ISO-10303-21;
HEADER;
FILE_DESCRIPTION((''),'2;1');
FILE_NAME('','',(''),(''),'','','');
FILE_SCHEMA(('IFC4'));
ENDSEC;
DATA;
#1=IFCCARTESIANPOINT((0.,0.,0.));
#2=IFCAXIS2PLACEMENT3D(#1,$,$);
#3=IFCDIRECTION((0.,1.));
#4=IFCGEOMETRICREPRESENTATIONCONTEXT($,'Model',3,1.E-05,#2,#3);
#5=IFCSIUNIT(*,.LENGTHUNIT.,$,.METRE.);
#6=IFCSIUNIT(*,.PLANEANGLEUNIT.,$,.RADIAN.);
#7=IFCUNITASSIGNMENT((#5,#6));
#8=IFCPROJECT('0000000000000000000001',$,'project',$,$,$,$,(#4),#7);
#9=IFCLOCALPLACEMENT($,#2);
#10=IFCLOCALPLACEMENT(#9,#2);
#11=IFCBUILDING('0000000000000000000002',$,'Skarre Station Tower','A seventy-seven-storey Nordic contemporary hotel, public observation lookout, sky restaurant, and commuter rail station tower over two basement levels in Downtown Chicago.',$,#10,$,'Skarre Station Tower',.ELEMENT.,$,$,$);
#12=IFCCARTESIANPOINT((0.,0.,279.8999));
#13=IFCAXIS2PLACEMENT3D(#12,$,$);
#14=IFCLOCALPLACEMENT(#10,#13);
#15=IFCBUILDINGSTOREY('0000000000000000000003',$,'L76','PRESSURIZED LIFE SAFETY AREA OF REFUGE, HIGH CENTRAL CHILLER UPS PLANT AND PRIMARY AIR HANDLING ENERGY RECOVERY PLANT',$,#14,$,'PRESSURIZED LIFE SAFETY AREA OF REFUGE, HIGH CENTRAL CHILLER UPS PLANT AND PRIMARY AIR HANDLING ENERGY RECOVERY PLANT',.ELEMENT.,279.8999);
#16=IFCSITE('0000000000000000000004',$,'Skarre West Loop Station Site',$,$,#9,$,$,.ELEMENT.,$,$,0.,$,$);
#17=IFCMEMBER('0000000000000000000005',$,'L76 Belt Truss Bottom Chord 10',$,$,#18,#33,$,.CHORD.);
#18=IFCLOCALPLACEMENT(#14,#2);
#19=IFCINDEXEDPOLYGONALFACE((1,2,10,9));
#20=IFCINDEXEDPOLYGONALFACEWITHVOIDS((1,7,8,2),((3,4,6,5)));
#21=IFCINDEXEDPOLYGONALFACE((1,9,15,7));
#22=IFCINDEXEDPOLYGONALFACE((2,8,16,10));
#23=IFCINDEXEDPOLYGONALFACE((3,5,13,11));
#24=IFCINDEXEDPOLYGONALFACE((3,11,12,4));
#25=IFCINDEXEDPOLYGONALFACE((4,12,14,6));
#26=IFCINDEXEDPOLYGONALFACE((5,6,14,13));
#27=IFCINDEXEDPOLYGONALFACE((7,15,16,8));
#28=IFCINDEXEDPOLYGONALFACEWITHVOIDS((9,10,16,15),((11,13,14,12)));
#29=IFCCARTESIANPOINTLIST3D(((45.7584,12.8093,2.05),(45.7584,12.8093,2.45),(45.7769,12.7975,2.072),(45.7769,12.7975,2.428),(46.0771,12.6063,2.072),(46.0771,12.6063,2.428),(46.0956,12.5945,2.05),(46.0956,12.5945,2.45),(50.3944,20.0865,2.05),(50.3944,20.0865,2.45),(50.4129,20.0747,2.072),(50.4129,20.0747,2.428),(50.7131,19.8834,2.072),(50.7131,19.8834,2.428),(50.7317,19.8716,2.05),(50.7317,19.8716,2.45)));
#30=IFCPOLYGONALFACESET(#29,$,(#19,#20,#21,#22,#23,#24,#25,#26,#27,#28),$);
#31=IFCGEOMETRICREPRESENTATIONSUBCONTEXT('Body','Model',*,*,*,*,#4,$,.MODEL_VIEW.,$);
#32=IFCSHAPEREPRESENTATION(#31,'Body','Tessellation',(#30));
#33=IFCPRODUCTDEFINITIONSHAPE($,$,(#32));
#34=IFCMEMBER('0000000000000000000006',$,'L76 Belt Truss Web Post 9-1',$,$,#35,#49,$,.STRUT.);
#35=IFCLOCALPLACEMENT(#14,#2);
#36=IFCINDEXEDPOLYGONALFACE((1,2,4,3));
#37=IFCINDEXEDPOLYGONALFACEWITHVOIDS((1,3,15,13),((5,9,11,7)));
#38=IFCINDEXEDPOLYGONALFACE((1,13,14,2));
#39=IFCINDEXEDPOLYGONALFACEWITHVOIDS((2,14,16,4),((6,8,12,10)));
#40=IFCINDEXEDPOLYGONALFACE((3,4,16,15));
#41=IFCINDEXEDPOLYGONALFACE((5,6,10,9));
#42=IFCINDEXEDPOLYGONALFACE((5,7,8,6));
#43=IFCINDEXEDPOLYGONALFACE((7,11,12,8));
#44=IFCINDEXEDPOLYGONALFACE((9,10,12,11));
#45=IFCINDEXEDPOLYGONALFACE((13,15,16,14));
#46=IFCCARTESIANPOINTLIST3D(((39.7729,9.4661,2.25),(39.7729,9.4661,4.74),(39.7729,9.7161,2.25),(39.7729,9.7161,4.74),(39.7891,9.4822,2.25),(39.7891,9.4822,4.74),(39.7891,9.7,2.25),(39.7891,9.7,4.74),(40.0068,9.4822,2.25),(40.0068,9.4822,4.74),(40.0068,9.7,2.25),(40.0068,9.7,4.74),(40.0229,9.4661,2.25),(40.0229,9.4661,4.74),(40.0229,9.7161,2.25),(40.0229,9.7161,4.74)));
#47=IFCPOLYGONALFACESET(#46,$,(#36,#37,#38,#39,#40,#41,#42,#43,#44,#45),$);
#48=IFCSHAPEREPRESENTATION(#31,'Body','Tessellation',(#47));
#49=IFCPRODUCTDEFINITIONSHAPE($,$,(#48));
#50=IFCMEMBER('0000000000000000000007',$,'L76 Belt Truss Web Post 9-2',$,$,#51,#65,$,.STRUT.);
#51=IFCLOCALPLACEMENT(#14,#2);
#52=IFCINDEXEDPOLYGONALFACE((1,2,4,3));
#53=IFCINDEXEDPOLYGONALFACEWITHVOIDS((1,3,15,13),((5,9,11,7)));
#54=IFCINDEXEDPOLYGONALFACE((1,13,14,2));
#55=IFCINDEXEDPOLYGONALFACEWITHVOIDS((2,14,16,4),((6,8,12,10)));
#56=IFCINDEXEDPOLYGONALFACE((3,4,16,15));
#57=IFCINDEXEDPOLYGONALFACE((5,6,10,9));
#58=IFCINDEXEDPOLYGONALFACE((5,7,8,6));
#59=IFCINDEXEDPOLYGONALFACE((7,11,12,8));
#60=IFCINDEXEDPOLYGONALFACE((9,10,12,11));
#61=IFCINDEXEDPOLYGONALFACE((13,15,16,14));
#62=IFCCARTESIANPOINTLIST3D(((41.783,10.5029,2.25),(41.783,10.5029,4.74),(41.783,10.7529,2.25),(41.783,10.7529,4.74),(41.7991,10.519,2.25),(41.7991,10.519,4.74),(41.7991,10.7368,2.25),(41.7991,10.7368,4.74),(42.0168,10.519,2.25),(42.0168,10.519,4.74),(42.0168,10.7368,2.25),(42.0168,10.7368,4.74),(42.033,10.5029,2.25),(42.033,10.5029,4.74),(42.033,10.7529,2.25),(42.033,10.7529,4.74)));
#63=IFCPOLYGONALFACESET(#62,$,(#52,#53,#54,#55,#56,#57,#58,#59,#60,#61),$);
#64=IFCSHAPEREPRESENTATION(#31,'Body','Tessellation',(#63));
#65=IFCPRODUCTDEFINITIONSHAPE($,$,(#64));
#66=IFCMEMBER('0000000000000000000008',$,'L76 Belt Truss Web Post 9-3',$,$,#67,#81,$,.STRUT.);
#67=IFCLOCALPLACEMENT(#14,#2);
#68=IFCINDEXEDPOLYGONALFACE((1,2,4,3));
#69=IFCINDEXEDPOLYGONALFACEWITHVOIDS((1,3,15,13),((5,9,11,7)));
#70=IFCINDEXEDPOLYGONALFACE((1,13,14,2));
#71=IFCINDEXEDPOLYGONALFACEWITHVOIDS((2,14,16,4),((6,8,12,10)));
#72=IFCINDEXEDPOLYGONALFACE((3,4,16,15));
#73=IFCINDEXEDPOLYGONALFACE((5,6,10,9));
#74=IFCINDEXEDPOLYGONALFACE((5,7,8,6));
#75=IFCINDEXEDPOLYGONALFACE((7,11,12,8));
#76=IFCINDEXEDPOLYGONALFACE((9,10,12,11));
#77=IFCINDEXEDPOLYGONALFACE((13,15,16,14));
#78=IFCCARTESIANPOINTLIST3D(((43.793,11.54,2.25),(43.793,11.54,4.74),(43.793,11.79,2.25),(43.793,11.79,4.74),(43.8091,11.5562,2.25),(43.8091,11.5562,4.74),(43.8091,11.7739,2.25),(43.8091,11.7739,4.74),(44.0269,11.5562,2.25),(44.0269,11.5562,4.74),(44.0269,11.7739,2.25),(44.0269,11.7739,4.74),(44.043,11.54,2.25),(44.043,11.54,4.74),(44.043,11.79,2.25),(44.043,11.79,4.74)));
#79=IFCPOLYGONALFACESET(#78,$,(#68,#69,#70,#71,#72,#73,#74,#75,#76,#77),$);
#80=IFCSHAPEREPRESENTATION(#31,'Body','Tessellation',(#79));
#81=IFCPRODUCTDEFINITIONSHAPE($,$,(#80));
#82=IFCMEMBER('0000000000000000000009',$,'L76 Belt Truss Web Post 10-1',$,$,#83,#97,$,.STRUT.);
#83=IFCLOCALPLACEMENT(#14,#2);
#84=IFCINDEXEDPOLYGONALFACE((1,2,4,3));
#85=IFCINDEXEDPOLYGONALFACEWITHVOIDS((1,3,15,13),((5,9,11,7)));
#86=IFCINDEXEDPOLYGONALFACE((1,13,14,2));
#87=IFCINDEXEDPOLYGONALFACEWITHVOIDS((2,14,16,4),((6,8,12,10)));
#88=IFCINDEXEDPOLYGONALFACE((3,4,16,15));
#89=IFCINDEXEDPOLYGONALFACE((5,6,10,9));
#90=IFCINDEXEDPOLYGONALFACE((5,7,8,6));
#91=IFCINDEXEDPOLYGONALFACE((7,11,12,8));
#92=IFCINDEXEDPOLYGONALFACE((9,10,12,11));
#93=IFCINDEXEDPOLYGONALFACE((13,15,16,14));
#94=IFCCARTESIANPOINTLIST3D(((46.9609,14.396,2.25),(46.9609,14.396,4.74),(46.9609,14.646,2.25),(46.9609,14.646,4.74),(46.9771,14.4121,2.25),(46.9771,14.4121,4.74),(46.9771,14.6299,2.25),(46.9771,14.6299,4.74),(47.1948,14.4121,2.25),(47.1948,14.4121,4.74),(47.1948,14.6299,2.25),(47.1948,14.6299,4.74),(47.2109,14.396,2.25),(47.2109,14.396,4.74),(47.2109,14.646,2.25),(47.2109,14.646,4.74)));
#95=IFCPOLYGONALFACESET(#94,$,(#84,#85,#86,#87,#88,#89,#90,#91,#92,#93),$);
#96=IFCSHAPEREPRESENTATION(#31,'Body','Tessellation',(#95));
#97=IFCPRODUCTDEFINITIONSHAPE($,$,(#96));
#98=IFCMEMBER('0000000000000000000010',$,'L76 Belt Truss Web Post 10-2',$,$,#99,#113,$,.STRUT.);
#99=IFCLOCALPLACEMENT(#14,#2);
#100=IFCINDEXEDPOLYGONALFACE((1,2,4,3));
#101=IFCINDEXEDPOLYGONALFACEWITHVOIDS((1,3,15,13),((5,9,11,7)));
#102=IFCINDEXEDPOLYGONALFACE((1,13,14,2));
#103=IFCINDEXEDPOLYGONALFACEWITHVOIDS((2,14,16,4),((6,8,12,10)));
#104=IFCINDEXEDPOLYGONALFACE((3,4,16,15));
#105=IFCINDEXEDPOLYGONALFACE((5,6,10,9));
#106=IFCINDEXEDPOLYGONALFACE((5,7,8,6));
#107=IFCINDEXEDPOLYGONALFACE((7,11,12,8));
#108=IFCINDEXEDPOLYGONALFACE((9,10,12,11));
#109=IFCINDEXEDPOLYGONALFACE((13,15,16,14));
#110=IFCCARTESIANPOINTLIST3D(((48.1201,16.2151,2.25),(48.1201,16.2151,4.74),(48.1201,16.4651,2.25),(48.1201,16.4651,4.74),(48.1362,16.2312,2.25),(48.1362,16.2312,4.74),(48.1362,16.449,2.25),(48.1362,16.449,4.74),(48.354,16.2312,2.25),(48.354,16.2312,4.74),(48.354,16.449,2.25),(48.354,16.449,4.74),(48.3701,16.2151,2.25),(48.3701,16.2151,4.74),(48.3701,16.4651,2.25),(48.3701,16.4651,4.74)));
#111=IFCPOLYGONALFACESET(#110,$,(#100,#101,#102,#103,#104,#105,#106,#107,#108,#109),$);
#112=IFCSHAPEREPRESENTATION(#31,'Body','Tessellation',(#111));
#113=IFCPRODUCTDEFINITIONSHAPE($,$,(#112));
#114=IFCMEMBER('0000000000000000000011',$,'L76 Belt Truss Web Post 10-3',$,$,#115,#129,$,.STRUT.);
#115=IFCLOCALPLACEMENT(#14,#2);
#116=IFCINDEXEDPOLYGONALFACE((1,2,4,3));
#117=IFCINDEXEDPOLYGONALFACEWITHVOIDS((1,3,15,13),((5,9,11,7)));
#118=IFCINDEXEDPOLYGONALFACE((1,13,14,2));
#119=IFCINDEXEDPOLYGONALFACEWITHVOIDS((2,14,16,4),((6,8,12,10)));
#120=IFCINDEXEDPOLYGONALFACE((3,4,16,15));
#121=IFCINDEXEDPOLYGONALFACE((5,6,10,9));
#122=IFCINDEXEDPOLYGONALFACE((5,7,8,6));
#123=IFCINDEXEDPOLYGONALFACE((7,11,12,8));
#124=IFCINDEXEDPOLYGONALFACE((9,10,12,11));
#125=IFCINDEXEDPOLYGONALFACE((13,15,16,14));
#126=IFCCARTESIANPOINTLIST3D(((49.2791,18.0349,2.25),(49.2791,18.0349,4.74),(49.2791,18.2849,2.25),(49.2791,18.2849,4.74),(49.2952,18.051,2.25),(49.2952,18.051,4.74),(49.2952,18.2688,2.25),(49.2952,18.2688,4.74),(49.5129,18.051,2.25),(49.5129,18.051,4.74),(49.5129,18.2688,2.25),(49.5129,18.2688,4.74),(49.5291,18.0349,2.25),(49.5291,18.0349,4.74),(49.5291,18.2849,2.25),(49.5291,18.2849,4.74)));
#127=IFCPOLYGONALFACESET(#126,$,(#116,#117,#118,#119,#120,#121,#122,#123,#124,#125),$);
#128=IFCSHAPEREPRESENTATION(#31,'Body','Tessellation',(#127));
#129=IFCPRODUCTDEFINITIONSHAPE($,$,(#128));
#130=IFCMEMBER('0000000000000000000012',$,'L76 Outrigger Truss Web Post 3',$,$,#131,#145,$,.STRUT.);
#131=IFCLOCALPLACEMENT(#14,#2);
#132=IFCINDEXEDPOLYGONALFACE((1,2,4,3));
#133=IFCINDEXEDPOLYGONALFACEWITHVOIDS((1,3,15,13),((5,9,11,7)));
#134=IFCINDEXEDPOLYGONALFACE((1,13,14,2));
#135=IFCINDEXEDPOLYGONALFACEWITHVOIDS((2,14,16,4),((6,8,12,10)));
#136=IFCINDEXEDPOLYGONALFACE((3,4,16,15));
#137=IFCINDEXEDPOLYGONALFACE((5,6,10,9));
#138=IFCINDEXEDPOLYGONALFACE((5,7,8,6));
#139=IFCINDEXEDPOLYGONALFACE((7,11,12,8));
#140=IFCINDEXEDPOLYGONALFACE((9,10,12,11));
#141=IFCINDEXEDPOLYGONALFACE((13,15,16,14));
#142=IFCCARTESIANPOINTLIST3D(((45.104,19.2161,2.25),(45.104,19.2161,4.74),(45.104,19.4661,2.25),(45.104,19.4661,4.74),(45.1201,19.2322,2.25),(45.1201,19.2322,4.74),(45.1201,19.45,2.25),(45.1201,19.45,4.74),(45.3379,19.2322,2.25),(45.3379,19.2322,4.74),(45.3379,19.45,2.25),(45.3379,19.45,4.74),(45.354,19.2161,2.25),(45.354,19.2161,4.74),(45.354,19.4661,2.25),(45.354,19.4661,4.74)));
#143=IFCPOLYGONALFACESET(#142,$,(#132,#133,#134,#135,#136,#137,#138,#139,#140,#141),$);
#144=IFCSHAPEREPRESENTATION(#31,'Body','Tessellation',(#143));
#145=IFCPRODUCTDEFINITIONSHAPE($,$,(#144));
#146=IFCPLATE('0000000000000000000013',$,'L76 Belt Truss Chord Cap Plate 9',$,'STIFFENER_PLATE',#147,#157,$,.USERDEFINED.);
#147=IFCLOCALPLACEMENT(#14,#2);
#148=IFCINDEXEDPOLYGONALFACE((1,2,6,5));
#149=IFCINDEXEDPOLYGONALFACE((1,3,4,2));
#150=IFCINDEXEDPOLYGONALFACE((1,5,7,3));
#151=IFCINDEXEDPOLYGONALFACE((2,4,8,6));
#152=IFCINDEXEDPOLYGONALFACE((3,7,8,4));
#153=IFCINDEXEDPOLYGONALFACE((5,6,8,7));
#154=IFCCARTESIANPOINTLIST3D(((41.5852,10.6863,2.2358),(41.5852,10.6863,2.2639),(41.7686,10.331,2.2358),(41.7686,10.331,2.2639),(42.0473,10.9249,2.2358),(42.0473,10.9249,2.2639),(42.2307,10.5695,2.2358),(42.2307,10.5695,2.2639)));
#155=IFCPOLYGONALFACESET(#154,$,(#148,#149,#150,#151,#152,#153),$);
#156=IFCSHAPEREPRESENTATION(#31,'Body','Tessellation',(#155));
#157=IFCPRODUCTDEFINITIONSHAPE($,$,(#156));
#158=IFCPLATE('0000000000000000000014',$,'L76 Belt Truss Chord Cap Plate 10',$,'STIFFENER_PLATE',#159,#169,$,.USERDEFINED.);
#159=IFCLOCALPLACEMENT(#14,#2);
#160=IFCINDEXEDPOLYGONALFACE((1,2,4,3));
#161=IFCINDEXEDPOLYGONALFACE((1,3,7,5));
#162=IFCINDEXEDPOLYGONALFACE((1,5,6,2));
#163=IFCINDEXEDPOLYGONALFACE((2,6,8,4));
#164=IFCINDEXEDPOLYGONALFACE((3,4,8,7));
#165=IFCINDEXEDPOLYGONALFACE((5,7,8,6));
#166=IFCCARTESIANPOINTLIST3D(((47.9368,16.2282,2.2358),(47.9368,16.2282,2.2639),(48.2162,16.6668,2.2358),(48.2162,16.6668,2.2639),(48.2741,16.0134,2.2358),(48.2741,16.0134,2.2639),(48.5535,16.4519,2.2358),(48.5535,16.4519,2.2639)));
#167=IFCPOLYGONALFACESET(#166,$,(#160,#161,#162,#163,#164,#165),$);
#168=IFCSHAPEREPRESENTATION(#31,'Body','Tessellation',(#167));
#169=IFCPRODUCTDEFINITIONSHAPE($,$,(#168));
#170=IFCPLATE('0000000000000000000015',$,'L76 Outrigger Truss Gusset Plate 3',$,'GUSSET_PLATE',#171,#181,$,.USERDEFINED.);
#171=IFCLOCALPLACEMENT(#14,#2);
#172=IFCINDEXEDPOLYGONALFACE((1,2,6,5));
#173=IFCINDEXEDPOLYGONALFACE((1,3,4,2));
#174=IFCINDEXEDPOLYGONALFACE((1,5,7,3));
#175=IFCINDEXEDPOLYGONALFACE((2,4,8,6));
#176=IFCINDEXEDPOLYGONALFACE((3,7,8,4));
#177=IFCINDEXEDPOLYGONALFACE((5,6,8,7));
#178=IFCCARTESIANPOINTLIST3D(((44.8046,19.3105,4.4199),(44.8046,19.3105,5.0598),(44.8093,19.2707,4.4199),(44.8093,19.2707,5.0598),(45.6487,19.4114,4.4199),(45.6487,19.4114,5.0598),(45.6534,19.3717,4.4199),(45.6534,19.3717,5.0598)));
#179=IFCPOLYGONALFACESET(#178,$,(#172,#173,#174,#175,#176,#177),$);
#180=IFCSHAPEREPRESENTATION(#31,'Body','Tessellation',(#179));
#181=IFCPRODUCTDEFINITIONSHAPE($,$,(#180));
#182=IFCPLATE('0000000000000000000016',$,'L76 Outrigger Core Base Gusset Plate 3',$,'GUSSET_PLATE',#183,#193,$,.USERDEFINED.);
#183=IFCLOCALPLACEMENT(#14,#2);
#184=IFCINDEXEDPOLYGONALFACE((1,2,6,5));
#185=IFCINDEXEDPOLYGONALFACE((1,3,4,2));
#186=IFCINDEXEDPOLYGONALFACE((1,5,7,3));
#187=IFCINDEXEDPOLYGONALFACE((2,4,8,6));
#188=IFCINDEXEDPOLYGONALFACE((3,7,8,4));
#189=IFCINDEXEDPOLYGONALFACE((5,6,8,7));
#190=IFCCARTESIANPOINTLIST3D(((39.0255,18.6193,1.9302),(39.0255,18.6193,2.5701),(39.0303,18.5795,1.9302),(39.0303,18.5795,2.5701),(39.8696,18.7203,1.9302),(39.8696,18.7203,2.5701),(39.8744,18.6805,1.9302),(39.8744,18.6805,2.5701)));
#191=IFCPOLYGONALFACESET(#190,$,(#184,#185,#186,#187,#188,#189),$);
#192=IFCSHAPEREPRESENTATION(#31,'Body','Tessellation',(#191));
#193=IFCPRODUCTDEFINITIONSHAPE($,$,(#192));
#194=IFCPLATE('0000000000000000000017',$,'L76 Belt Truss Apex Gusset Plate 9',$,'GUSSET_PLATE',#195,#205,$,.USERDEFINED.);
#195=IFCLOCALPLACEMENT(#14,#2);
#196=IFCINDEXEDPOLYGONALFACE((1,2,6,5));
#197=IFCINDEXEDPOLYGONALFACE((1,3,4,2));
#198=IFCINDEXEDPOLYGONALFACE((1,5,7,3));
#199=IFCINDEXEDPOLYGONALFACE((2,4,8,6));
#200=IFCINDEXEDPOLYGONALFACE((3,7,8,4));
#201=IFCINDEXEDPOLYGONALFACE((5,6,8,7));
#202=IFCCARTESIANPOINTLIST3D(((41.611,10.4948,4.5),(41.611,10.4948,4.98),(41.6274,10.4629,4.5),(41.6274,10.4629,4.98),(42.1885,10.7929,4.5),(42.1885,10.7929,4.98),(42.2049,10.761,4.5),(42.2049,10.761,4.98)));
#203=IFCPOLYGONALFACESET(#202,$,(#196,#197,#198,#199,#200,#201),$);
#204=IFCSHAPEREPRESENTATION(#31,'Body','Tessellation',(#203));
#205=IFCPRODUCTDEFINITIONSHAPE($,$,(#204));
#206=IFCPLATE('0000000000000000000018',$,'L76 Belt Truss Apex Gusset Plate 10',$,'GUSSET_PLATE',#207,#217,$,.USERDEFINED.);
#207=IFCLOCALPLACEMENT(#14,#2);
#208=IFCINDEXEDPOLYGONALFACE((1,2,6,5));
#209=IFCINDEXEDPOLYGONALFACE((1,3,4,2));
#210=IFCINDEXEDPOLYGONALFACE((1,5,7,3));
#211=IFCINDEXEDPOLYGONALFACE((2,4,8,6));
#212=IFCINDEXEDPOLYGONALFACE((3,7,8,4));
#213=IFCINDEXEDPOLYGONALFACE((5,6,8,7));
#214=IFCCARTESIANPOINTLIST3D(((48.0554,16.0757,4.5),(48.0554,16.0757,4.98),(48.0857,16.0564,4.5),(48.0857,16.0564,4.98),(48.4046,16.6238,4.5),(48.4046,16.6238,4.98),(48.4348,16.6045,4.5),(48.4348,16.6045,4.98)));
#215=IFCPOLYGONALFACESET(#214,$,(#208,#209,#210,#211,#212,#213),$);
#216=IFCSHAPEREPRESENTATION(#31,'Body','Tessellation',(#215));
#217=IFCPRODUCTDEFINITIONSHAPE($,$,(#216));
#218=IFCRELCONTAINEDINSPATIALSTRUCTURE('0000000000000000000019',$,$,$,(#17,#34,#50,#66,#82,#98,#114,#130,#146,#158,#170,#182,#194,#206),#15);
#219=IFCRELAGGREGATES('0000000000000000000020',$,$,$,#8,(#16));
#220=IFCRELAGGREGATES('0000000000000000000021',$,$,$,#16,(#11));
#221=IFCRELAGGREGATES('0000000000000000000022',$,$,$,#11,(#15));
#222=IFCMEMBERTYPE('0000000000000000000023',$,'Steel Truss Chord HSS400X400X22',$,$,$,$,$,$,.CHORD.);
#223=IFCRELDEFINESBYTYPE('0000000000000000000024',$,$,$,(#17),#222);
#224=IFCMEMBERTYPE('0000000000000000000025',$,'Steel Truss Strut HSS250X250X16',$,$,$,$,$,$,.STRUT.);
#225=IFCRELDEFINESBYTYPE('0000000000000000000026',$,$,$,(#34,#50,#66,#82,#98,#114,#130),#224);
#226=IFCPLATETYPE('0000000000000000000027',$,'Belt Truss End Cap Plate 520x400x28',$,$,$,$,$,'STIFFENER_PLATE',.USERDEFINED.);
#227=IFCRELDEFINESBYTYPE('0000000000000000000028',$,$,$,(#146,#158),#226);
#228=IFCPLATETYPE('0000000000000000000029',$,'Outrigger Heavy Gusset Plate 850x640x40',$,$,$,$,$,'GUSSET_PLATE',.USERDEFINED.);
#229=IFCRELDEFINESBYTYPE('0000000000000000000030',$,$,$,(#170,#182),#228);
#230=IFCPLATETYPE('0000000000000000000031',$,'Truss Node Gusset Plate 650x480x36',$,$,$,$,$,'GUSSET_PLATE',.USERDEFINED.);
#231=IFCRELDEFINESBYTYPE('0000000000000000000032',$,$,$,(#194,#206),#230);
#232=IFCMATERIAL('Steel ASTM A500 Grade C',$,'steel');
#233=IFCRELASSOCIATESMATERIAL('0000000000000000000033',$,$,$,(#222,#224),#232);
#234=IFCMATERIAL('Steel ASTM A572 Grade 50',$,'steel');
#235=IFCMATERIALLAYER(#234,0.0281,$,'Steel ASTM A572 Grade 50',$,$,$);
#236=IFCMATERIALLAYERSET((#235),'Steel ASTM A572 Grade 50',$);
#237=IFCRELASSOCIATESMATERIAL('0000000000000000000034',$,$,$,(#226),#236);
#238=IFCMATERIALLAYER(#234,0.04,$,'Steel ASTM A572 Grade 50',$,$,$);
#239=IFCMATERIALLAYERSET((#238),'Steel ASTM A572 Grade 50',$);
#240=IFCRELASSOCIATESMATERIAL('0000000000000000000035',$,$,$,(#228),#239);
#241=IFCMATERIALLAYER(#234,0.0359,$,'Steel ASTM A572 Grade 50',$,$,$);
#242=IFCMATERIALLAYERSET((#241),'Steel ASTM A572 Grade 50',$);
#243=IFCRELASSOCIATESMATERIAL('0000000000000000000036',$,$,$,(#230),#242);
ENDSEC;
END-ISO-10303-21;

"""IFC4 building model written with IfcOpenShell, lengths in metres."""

from ifc_helpers import new_model, si_unit, direction, frame, origin, origin_2d, place, context, subcontext, project, spatial, rectangle, hollow_rectangle, extrude, material, layer, layer_set, material_profile, profile_set, type_object, element, save


model = new_model("IFC4")

# Units and contexts
model_context = context("Model", 3, precision=1e-05, world=origin(), true_north=direction((0.0, 1.0)))
body_context = subcontext(model_context, "Body", "Model", "MODEL_VIEW")
ifc_project = project(units=[si_unit("LENGTHUNIT", "METRE"), si_unit("PLANEANGLEUNIT", "RADIAN")], contexts=[model_context])

# Site, building, storey
site_placement = place(None, origin())
site = spatial("IfcSite", under=ifc_project, at=site_placement, Name="Skarre West Loop Station Site", CompositionType="ELEMENT", RefElevation=0.0)
building_placement = place(site_placement, origin())
building = spatial("IfcBuilding", under=site, at=building_placement, Name="Skarre Station Tower", Description="A seventy-seven-storey Nordic contemporary hotel, public observation lookout, sky restaurant, and commuter rail station tower over two basement levels in Downtown Chicago.", LongName="Skarre Station Tower", CompositionType="ELEMENT")
storey_placement = place(building_placement, frame((0.0, 0.0, 279.8999)))
storey = spatial("IfcBuildingStorey", under=building, at=storey_placement, Name="L76", Description="PRESSURIZED LIFE SAFETY AREA OF REFUGE, HIGH CENTRAL CHILLER UPS PLANT AND PRIMARY AIR HANDLING ENERGY RECOVERY PLANT", LongName="PRESSURIZED LIFE SAFETY AREA OF REFUGE, HIGH CENTRAL CHILLER UPS PLANT AND PRIMARY AIR HANDLING ENERGY RECOVERY PLANT", CompositionType="ELEMENT", Elevation=279.8999)

# Members
ifc_material_1 = material(Name="Steel ASTM A500 Grade C", Category="steel")
ifc_material_profile_1 = material_profile(ifc_material_1, hollow_rectangle(XDim=0.3999, YDim=0.3999, WallThickness=0.022, at=origin_2d()), Name="Steel ASTM A500 Grade C")
ifc_profile_set_1 = profile_set([ifc_material_profile_1], Name="Steel ASTM A500 Grade C")
member_type_1 = type_object("IfcMemberType", Name="Steel Truss Chord HSS400X400X22", PredefinedType="CHORD", material=ifc_profile_set_1)
member_1_placement = place(storey_placement, frame((45.927, 12.7019, 2.25), z_axis=(0.537297, 0.843393, 0.0), x_axis=(-0.843393, 0.537297, 0.0)))
element("IfcMember", 1, at=member_1_placement, inside=storey, type_object=member_type_1, Name="L76 Belt Truss Bottom Chord 10", PredefinedType="CHORD", context=body_context, shape_type="SweptSolid", body=[
    extrude(hollow_rectangle(XDim=0.3999, YDim=0.3999, WallThickness=0.022, at=origin_2d()), origin(), (0.0, 0.0, 1.0), 8.6284),
])
ifc_material_profile_2 = material_profile(ifc_material_1, hollow_rectangle(XDim=0.25, YDim=0.25, WallThickness=0.0161, at=origin_2d()), Name="Steel ASTM A500 Grade C")
ifc_profile_set_2 = profile_set([ifc_material_profile_2], Name="Steel ASTM A500 Grade C")
member_type_2 = type_object("IfcMemberType", Name="Steel Truss Strut HSS250X250X16", PredefinedType="STRUT", material=ifc_profile_set_2)
for number, where, z_axis, x_axis, name in (
    (2, (39.8979, 9.5911, 2.25), (0.0, 0.0, 1.0), (1.0, 0.0, 0.0), "L76 Belt Truss Web Post 9-1"),
    (3, (41.908, 10.6279, 2.25), (0.0, 0.0, 1.0), (1.0, 0.0, 0.0), "L76 Belt Truss Web Post 9-2"),
    (4, (43.918, 11.665, 2.25), (0.0, 0.0, 1.0), (1.0, 0.0, 0.0), "L76 Belt Truss Web Post 9-3"),
    (5, (47.0859, 14.521, 2.25), (0.0, 0.0, 1.0), (1.0, 0.0, 0.0), "L76 Belt Truss Web Post 10-1"),
    (6, (48.2451, 16.3401, 2.25), (0.0, 0.0, 1.0), (1.0, 0.0, 0.0), "L76 Belt Truss Web Post 10-2"),
    (7, (49.4041, 18.1599, 2.25), (0.0, 0.0, 1.0), (1.0, 0.0, 0.0), "L76 Belt Truss Web Post 10-3"),
    (8, (45.229, 19.3411, 2.25), (0.0, 0.0, 1.0), (1.0, 0.0, 0.0), "L76 Outrigger Truss Web Post 3"),
):
    element("IfcMember", number, at=place(storey_placement, frame(where, z_axis=z_axis, x_axis=x_axis)), inside=storey, type_object=member_type_2, Name=name, PredefinedType="STRUT", context=body_context, shape_type="SweptSolid", body=[
        extrude(hollow_rectangle(XDim=0.25, YDim=0.25, WallThickness=0.0161, at=origin_2d()), origin(), (0.0, 0.0, 1.0), 2.49),
    ])

# Plates
ifc_material_2 = material(Name="Steel ASTM A572 Grade 50", Category="steel")
ifc_layer_1 = layer(ifc_material_2, 0.0281, Name="Steel ASTM A572 Grade 50")
ifc_layer_set_1 = layer_set([ifc_layer_1], Name="Steel ASTM A572 Grade 50")
plate_type_1 = type_object("IfcPlateType", Name="Belt Truss End Cap Plate 520x400x28", ElementType="STIFFENER_PLATE", PredefinedType="USERDEFINED", material=ifc_layer_set_1)
for number, where, z_axis, x_axis, name in (
    (9, (41.908, 10.6279, 2.2358), (0.0, 0.0, 1.0), (0.888601, 0.458681, 0.0), "L76 Belt Truss Chord Cap Plate 9"),
    (10, (48.2451, 16.3401, 2.2358), (0.0, 0.0, 1.0), (0.5373, 0.843391, 0.0), "L76 Belt Truss Chord Cap Plate 10"),
):
    element("IfcPlate", number, at=place(storey_placement, frame(where, z_axis=z_axis, x_axis=x_axis)), inside=storey, type_object=plate_type_1, Name=name, ObjectType="STIFFENER_PLATE", PredefinedType="USERDEFINED", context=body_context, shape_type="SweptSolid", body=[
        extrude(rectangle(XDim=0.52, YDim=0.3999, at=origin_2d()), origin(), (0.0, 0.0, 1.0), 0.0281),
    ])
ifc_layer_2 = layer(ifc_material_2, 0.04, Name="Steel ASTM A572 Grade 50")
ifc_layer_set_2 = layer_set([ifc_layer_2], Name="Steel ASTM A572 Grade 50")
plate_type_2 = type_object("IfcPlateType", Name="Outrigger Heavy Gusset Plate 850x640x40", ElementType="GUSSET_PLATE", PredefinedType="USERDEFINED", material=ifc_layer_set_2)
for number, where, z_axis, x_axis, name in (
    (11, (45.229, 19.3411, 4.4199), (0.0, 0.0, 1.0), (0.992924, 0.118751, 0.0), "L76 Outrigger Truss Gusset Plate 3"),
    (12, (39.45, 18.6499, 1.9302), (0.0, 0.0, 1.0), (0.992924, 0.118751, 0.0), "L76 Outrigger Core Base Gusset Plate 3"),
):
    element("IfcPlate", number, at=place(storey_placement, frame(where, z_axis=z_axis, x_axis=x_axis)), inside=storey, type_object=plate_type_2, Name=name, ObjectType="GUSSET_PLATE", PredefinedType="USERDEFINED", context=body_context, shape_type="SweptSolid", body=[
        extrude(rectangle(XDim=0.8501, YDim=0.04, at=origin_2d()), origin(), (0.0, 0.0, 1.0), 0.6399),
    ])
ifc_layer_3 = layer(ifc_material_2, 0.0359, Name="Steel ASTM A572 Grade 50")
ifc_layer_set_3 = layer_set([ifc_layer_3], Name="Steel ASTM A572 Grade 50")
plate_type_3 = type_object("IfcPlateType", Name="Truss Node Gusset Plate 650x480x36", ElementType="GUSSET_PLATE", PredefinedType="USERDEFINED", material=ifc_layer_set_3)
for number, where, z_axis, x_axis, name in (
    (13, (41.908, 10.6279, 4.5), (0.0, 0.0, 1.0), (0.888601, 0.458681, 0.0), "L76 Belt Truss Apex Gusset Plate 9"),
    (14, (48.2451, 16.3401, 4.5), (0.0, 0.0, 1.0), (0.5373, 0.843391, 0.0), "L76 Belt Truss Apex Gusset Plate 10"),
):
    element("IfcPlate", number, at=place(storey_placement, frame(where, z_axis=z_axis, x_axis=x_axis)), inside=storey, type_object=plate_type_3, Name=name, ObjectType="GUSSET_PLATE", PredefinedType="USERDEFINED", context=body_context, shape_type="SweptSolid", body=[
        extrude(rectangle(XDim=0.6499, YDim=0.0359, at=origin_2d()), origin(), (0.0, 0.0, 1.0), 0.48),
    ])

save(model, "model.ifc")
